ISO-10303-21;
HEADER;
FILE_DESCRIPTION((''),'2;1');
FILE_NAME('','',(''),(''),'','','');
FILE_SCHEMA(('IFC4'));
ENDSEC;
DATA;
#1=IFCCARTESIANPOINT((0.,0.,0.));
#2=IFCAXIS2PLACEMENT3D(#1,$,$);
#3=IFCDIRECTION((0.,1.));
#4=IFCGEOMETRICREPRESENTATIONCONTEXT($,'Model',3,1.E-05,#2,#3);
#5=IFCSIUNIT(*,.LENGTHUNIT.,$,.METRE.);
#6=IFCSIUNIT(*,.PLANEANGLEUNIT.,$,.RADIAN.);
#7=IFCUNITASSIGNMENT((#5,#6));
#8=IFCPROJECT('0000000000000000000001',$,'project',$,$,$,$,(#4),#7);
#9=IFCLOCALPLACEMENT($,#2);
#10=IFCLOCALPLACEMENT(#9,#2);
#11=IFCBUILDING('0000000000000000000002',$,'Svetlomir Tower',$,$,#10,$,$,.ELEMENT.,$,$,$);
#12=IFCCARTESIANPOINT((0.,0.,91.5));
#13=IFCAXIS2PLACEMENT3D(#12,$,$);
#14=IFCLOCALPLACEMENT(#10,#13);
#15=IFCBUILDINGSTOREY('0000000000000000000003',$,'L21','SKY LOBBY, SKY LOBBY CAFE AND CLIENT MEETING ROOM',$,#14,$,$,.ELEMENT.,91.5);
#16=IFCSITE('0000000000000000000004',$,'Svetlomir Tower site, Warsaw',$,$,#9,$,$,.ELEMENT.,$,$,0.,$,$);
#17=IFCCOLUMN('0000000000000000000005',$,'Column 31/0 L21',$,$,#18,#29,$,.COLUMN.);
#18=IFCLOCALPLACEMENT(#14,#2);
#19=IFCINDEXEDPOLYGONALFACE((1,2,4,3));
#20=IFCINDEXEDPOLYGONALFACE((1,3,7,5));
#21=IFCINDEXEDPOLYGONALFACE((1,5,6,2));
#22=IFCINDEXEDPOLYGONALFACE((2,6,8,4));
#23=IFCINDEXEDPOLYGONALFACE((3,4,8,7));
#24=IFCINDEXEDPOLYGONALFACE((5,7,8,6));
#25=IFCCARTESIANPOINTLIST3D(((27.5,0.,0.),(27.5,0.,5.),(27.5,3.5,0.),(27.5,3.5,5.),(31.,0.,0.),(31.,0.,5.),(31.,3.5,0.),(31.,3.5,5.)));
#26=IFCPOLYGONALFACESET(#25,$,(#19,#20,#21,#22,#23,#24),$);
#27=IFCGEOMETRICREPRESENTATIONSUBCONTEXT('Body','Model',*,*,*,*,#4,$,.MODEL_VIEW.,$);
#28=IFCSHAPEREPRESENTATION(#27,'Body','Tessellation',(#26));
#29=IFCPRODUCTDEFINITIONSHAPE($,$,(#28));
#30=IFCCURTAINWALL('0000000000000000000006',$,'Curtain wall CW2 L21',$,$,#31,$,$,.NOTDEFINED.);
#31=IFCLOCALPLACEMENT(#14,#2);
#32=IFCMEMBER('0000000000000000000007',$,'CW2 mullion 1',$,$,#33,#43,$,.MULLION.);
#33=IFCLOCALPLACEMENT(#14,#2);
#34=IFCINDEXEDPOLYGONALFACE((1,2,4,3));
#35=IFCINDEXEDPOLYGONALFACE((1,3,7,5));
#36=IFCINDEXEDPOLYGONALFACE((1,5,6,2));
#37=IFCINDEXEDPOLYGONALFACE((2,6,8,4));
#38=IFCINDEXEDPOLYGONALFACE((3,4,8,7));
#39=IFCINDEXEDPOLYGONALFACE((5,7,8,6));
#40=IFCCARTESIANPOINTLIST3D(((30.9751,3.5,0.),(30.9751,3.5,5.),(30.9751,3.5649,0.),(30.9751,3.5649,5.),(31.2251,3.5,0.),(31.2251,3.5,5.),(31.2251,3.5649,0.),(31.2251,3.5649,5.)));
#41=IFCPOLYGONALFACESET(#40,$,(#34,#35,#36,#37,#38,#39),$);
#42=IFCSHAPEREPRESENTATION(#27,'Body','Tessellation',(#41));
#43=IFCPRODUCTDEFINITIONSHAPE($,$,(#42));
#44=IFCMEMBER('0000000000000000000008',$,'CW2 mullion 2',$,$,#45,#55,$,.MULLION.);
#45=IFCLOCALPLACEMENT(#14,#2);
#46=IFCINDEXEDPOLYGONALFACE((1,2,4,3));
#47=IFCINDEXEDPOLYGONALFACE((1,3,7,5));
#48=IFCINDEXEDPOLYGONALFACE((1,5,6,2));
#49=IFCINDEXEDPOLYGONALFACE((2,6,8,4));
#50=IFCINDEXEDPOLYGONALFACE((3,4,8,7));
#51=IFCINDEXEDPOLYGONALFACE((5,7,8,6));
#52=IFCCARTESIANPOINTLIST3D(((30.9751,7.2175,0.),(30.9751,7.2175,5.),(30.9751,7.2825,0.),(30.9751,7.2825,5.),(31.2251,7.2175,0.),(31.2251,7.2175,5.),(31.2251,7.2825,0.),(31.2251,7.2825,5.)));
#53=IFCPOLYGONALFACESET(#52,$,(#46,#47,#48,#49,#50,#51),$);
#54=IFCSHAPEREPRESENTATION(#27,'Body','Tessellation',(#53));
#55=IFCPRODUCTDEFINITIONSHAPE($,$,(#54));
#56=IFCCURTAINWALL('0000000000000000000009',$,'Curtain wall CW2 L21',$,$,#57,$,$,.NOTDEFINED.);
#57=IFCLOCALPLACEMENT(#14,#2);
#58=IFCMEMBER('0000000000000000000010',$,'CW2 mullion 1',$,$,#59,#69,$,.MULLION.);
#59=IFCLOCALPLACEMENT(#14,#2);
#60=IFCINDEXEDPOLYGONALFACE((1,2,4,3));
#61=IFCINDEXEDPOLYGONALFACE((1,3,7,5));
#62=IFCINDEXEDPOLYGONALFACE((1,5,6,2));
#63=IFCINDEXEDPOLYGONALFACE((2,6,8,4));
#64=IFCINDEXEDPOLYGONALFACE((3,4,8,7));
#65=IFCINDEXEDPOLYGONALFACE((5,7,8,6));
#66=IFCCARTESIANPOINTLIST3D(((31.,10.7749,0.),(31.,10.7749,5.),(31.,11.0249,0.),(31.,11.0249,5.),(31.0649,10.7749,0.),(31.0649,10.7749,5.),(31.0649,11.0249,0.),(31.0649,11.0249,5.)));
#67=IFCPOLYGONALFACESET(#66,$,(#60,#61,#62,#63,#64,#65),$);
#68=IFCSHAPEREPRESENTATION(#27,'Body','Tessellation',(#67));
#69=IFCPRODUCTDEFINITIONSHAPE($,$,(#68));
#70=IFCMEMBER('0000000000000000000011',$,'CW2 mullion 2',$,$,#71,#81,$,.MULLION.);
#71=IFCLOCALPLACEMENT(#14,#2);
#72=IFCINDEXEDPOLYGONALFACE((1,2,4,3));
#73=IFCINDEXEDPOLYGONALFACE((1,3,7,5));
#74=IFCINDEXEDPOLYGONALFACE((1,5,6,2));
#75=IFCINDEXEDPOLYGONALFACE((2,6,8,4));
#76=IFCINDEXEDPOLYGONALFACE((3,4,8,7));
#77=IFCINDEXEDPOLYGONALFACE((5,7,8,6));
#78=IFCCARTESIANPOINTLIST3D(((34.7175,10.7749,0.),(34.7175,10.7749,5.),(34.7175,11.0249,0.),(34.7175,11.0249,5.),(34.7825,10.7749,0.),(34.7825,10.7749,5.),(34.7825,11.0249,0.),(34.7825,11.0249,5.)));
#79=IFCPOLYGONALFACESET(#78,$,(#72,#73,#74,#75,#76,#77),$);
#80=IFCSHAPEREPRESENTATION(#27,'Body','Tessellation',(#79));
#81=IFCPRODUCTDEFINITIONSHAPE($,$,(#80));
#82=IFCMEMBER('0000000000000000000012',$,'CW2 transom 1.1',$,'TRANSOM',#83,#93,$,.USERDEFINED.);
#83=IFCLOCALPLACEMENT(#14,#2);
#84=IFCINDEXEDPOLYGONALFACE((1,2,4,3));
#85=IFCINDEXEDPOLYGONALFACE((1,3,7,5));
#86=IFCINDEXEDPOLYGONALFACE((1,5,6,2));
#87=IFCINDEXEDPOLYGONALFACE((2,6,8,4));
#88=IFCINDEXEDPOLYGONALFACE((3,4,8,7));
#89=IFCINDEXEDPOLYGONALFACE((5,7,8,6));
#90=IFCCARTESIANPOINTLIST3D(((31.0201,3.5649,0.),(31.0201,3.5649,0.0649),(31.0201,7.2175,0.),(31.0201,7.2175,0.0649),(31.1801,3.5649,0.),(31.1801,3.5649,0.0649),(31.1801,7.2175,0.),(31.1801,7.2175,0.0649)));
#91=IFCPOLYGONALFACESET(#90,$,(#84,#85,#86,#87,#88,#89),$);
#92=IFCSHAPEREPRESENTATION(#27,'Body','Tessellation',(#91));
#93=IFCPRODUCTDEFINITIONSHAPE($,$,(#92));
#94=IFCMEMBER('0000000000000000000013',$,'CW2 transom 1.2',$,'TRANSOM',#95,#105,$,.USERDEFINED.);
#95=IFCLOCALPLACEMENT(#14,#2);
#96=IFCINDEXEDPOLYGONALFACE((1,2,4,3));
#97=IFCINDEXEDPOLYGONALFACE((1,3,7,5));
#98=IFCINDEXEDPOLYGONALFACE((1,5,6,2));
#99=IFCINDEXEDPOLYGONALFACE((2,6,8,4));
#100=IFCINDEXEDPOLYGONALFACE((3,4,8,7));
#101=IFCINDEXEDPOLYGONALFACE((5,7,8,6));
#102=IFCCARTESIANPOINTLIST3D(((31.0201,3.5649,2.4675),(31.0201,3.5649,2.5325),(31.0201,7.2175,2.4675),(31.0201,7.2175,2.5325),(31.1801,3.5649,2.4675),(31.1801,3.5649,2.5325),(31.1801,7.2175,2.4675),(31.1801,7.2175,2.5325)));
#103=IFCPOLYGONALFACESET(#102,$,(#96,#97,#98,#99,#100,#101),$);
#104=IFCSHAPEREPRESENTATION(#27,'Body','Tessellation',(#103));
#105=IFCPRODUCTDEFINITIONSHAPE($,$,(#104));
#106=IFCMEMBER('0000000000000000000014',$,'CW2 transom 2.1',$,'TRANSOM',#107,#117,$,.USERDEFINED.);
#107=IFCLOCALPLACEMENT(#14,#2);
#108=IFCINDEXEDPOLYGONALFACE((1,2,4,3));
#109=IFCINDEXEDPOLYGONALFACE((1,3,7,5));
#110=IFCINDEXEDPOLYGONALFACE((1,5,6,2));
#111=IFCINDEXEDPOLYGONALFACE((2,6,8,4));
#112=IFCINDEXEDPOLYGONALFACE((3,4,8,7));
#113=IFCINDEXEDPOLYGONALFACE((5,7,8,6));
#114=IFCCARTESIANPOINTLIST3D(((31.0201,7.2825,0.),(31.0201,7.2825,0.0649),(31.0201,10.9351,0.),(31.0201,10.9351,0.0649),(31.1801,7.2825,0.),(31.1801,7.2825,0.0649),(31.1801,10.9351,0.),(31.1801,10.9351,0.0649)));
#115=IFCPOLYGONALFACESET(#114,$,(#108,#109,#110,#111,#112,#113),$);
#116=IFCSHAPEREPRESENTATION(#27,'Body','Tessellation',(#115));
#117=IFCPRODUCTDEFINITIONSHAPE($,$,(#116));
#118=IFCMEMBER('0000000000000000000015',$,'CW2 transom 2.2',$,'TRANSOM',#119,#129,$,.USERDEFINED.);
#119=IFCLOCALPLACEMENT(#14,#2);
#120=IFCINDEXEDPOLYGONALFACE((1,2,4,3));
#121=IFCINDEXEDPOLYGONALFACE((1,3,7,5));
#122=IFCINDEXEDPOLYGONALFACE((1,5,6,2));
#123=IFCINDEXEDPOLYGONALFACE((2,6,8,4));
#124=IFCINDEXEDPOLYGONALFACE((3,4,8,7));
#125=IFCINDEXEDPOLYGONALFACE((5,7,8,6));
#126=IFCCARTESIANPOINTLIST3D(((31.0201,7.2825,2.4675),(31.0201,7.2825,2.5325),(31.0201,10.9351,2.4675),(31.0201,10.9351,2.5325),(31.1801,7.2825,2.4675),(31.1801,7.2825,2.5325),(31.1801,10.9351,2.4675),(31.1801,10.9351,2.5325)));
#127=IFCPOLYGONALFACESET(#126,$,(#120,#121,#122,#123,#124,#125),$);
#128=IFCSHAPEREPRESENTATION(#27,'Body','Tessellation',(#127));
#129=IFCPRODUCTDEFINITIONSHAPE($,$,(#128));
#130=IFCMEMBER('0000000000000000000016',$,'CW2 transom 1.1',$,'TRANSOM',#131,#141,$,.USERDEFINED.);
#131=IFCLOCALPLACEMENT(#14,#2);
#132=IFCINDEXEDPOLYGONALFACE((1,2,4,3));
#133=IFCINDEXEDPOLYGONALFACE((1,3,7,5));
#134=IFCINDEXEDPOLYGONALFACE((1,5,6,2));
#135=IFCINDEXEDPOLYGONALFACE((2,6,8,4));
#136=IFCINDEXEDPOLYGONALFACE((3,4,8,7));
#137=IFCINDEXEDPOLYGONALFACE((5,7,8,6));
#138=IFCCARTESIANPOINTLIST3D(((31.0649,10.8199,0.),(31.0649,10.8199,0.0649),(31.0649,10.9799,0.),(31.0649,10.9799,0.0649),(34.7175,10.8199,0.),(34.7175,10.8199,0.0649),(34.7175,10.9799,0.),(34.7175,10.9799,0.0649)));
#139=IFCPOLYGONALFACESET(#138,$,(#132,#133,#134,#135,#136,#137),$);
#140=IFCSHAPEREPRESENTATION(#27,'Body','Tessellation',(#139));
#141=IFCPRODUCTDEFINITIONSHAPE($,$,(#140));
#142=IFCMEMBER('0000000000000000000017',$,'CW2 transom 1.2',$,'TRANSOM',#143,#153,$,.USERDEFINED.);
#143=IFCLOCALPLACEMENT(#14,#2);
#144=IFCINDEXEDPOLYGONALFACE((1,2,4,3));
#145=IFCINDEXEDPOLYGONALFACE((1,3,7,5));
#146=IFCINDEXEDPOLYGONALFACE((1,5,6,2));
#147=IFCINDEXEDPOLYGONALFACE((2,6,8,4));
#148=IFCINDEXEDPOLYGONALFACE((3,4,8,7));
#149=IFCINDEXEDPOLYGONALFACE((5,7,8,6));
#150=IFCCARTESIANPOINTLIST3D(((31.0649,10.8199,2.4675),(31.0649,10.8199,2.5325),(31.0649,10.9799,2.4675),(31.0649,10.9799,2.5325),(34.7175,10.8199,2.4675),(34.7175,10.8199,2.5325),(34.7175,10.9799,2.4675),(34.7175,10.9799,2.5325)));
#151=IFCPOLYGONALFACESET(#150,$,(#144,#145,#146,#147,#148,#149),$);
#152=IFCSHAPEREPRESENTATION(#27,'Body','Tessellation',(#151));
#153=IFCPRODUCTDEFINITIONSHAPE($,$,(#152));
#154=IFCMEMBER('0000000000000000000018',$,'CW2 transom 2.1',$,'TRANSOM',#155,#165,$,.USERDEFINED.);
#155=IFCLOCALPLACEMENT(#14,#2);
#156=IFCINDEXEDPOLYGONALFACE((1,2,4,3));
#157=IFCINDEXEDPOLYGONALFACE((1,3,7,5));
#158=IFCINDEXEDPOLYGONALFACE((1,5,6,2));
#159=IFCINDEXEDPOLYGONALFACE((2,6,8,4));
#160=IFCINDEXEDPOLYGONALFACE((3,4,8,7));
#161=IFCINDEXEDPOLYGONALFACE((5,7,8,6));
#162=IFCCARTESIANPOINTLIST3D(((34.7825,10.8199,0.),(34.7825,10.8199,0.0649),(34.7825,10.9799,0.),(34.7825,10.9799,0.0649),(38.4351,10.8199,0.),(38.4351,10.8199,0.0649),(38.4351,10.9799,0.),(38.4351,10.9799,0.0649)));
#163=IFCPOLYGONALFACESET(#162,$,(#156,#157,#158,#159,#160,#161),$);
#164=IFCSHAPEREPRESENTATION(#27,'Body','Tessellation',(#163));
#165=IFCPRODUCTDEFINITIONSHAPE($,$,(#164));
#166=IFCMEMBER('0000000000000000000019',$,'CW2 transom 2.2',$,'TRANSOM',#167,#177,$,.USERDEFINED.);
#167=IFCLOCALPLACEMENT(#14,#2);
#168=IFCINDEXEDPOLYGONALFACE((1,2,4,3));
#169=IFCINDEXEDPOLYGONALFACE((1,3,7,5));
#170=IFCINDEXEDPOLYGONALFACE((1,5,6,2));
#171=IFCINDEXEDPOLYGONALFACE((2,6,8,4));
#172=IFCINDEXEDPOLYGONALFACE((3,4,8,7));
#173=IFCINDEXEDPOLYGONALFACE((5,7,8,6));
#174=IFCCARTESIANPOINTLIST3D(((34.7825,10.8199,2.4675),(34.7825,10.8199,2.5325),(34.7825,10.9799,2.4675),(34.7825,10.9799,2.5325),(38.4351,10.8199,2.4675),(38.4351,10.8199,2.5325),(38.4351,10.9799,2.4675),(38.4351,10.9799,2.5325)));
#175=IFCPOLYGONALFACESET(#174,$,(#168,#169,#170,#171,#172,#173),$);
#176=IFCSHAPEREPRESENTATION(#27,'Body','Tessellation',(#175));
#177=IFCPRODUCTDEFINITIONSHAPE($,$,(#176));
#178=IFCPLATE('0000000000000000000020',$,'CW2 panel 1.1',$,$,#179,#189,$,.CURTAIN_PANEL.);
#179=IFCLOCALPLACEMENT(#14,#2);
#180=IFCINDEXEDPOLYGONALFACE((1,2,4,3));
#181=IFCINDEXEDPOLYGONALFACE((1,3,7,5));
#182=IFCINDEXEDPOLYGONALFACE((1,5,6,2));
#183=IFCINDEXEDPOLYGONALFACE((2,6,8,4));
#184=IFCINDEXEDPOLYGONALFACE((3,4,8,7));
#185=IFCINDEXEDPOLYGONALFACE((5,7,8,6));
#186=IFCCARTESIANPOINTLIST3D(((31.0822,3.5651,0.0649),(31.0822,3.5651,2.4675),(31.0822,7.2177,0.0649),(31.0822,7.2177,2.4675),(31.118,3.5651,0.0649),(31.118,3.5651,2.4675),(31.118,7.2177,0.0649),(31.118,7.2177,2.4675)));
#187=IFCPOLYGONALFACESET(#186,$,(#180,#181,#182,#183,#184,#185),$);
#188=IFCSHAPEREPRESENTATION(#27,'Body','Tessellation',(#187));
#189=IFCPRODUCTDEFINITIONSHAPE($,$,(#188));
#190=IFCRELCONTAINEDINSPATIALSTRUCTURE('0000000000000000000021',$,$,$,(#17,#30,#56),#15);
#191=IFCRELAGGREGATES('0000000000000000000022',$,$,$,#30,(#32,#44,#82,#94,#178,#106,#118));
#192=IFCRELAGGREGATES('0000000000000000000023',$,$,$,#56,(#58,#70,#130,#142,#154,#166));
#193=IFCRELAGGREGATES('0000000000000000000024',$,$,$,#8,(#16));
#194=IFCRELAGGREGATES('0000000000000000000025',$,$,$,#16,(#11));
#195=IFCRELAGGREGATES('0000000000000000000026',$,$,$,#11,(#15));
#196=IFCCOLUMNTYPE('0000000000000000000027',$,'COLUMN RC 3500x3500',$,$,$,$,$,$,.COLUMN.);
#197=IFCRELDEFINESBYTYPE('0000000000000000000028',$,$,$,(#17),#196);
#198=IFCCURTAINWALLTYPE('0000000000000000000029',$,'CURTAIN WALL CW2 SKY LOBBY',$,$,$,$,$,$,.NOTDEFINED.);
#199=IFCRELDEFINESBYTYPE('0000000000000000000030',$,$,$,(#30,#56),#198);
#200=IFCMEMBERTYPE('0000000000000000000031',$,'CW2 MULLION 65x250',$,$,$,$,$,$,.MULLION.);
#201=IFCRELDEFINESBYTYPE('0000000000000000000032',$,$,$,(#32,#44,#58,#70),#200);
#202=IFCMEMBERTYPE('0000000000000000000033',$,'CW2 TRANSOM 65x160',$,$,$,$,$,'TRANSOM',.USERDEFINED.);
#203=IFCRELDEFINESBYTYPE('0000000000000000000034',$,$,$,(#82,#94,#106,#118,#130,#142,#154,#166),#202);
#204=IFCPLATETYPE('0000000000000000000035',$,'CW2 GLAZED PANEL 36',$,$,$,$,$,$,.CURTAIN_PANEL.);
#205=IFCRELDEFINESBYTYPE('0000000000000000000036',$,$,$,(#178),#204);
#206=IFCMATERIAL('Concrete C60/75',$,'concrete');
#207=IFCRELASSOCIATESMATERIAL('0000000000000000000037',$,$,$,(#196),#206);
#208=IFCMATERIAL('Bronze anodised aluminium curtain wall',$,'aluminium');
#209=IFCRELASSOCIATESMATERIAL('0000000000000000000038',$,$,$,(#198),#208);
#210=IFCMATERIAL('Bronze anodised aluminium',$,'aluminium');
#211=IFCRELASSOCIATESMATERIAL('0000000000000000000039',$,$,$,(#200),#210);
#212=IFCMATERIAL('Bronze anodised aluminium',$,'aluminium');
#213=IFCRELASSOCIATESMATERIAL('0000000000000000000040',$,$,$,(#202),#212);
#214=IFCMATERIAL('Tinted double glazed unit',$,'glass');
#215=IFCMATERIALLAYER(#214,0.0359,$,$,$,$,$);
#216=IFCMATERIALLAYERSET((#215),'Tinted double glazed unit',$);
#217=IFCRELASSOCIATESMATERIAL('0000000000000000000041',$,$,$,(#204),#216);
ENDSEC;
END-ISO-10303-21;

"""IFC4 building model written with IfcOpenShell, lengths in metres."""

from ifc_helpers import new_model, si_unit, direction, frame, origin, origin_2d, place, context, subcontext, project, spatial, rectangle, extrude, material, layer, layer_set, material_profile, profile_set, type_object, element, aggregate, save


model = new_model("IFC4")

# Units and contexts
model_context = context("Model", 3, precision=1e-05, world=origin(), true_north=direction((0.0, 1.0)))
body_context = subcontext(model_context, "Body", "Model", "MODEL_VIEW")
ifc_project = project(units=[si_unit("LENGTHUNIT", "METRE"), si_unit("PLANEANGLEUNIT", "RADIAN")], contexts=[model_context])

# Site, building, storey
site_placement = place(None, origin())
site = spatial("IfcSite", under=ifc_project, at=site_placement, Name="Svetlomir Tower site, Warsaw", CompositionType="ELEMENT", RefElevation=0.0)
building_placement = place(site_placement, origin())
building = spatial("IfcBuilding", under=site, at=building_placement, Name="Svetlomir Tower", CompositionType="ELEMENT")
storey_placement = place(building_placement, frame((0.0, 0.0, 91.5)))
storey = spatial("IfcBuildingStorey", under=building, at=storey_placement, Name="L21", Description="SKY LOBBY, SKY LOBBY CAFE AND CLIENT MEETING ROOM", CompositionType="ELEMENT", Elevation=91.5)

# Column
ifc_material_1 = material(Name="Concrete C60/75", Category="concrete")
ifc_material_profile_1 = material_profile(ifc_material_1, rectangle(XDim=3.5, YDim=3.5, at=origin_2d()), Name="RC 3500x3500")
ifc_profile_set_1 = profile_set([ifc_material_profile_1], Name="Concrete C60/75")
column_type = type_object("IfcColumnType", Name="COLUMN RC 3500x3500", PredefinedType="COLUMN", material=ifc_profile_set_1)
column_placement = place(storey_placement, frame((29.25, 1.75, 0.0), z_axis=(0.0, 0.0, 1.0), x_axis=(1.0, 0.0, 0.0)))
element("IfcColumn", 1, at=column_placement, inside=storey, type_object=column_type, Name="Column 31/0 L21", PredefinedType="COLUMN", context=body_context, shape_type="SweptSolid", body=[
    extrude(rectangle(XDim=3.5, YDim=3.5, at=origin_2d()), origin(), (0.0, 0.0, 1.0), 5.0),
])

# Curtain walls, members
ifc_material_2 = material(Name="Bronze anodised aluminium curtain wall", Category="aluminium")
curtain_wall_type = type_object("IfcCurtainWallType", Name="CURTAIN WALL CW2 SKY LOBBY", PredefinedType="NOTDEFINED", material=ifc_material_2)
curtain_wall_1_placement = place(storey_placement, origin())
curtain_wall_1 = element("IfcCurtainWall", 2, at=curtain_wall_1_placement, inside=storey, type_object=curtain_wall_type, Name="Curtain wall CW2 L21", PredefinedType="NOTDEFINED")
ifc_material_3 = material(Name="Bronze anodised aluminium", Category="aluminium")
ifc_material_profile_2 = material_profile(ifc_material_3, rectangle(XDim=0.0649, YDim=0.25, at=origin_2d()), Name="AL 65x250")
ifc_profile_set_2 = profile_set([ifc_material_profile_2], Name="Bronze anodised aluminium 6063-T6")
member_type_1 = type_object("IfcMemberType", Name="CW2 MULLION 65x250", PredefinedType="MULLION", material=ifc_profile_set_2)
member_1_placement = place(storey_placement, frame((31.1001, 3.5325, 0.0), z_axis=(0.0, 0.0, 1.0), x_axis=(0.0, 1.0, 0.0)))
member_1 = element("IfcMember", 3, at=member_1_placement, type_object=member_type_1, Name="CW2 mullion 1", PredefinedType="MULLION", context=body_context, shape_type="SweptSolid", body=[
    extrude(rectangle(XDim=0.0649, YDim=0.25, at=origin_2d()), origin(), (0.0, 0.0, 1.0), 5.0),
])
member_2_placement = place(storey_placement, frame((31.1001, 7.25, 0.0), z_axis=(0.0, 0.0, 1.0), x_axis=(0.0, 1.0, 0.0)))
member_2 = element("IfcMember", 4, at=member_2_placement, type_object=member_type_1, Name="CW2 mullion 2", PredefinedType="MULLION", context=body_context, shape_type="SweptSolid", body=[
    extrude(rectangle(XDim=0.0649, YDim=0.25, at=origin_2d()), origin(), (0.0, 0.0, 1.0), 5.0),
])
curtain_wall_2_placement = place(storey_placement, origin())
curtain_wall_2 = element("IfcCurtainWall", 5, at=curtain_wall_2_placement, inside=storey, type_object=curtain_wall_type, Name="Curtain wall CW2 L21", PredefinedType="NOTDEFINED")
member_3_placement = place(storey_placement, frame((31.0325, 10.8999, 0.0), z_axis=(0.0, 0.0, 1.0), x_axis=(1.0, 0.0, 0.0)))
member_3 = element("IfcMember", 6, at=member_3_placement, type_object=member_type_1, Name="CW2 mullion 1", PredefinedType="MULLION", context=body_context, shape_type="SweptSolid", body=[
    extrude(rectangle(XDim=0.0649, YDim=0.25, at=origin_2d()), origin(), (0.0, 0.0, 1.0), 5.0),
])
member_4_placement = place(storey_placement, frame((34.75, 10.8999, 0.0), z_axis=(0.0, 0.0, 1.0), x_axis=(1.0, 0.0, 0.0)))
member_4 = element("IfcMember", 7, at=member_4_placement, type_object=member_type_1, Name="CW2 mullion 2", PredefinedType="MULLION", context=body_context, shape_type="SweptSolid", body=[
    extrude(rectangle(XDim=0.0649, YDim=0.25, at=origin_2d()), origin(), (0.0, 0.0, 1.0), 5.0),
])

# Members
ifc_material_4 = material(Name="Bronze anodised aluminium", Category="aluminium")
ifc_material_profile_3 = material_profile(ifc_material_4, rectangle(XDim=0.1599, YDim=0.0649, at=origin_2d()), Name="AL 160x65")
ifc_profile_set_3 = profile_set([ifc_material_profile_3], Name="Bronze anodised aluminium 6063-T6")
member_type_2 = type_object("IfcMemberType", Name="CW2 TRANSOM 65x160", ElementType="TRANSOM", PredefinedType="USERDEFINED", material=ifc_profile_set_3)
member_5_placement = place(storey_placement, frame((31.1001, 3.5649, 0.0325), z_axis=(0.0, 1.0, 0.0), x_axis=(-1.0, 0.0, 0.0)))
member_5 = element("IfcMember", 8, at=member_5_placement, type_object=member_type_2, Name="CW2 transom 1.1", ObjectType="TRANSOM", PredefinedType="USERDEFINED", context=body_context, shape_type="SweptSolid", body=[
    extrude(rectangle(XDim=0.1599, YDim=0.0649, at=origin_2d()), origin(), (0.0, 0.0, 1.0), 3.6526),
])
member_6_placement = place(storey_placement, frame((31.1001, 3.5649, 2.5), z_axis=(0.0, 1.0, 0.0), x_axis=(-1.0, 0.0, 0.0)))
member_6 = element("IfcMember", 9, at=member_6_placement, type_object=member_type_2, Name="CW2 transom 1.2", ObjectType="TRANSOM", PredefinedType="USERDEFINED", context=body_context, shape_type="SweptSolid", body=[
    extrude(rectangle(XDim=0.1599, YDim=0.0649, at=origin_2d()), origin(), (0.0, 0.0, 1.0), 3.6526),
])
member_7_placement = place(storey_placement, frame((31.1001, 7.2825, 0.0325), z_axis=(0.0, 1.0, 0.0), x_axis=(-1.0, 0.0, 0.0)))
member_7 = element("IfcMember", 10, at=member_7_placement, type_object=member_type_2, Name="CW2 transom 2.1", ObjectType="TRANSOM", PredefinedType="USERDEFINED", context=body_context, shape_type="SweptSolid", body=[
    extrude(rectangle(XDim=0.1599, YDim=0.0649, at=origin_2d()), origin(), (0.0, 0.0, 1.0), 3.6526),
])
member_8_placement = place(storey_placement, frame((31.1001, 7.2825, 2.5), z_axis=(0.0, 1.0, 0.0), x_axis=(-1.0, 0.0, 0.0)))
member_8 = element("IfcMember", 11, at=member_8_placement, type_object=member_type_2, Name="CW2 transom 2.2", ObjectType="TRANSOM", PredefinedType="USERDEFINED", context=body_context, shape_type="SweptSolid", body=[
    extrude(rectangle(XDim=0.1599, YDim=0.0649, at=origin_2d()), origin(), (0.0, 0.0, 1.0), 3.6526),
])
member_9_placement = place(storey_placement, frame((31.0649, 10.8999, 0.0325), z_axis=(1.0, 0.0, 0.0), x_axis=(0.0, 1.0, 0.0)))
member_9 = element("IfcMember", 12, at=member_9_placement, type_object=member_type_2, Name="CW2 transom 1.1", ObjectType="TRANSOM", PredefinedType="USERDEFINED", context=body_context, shape_type="SweptSolid", body=[
    extrude(rectangle(XDim=0.1599, YDim=0.0649, at=origin_2d()), origin(), (0.0, 0.0, 1.0), 3.6526),
])
member_10_placement = place(storey_placement, frame((31.0649, 10.8999, 2.5), z_axis=(1.0, 0.0, 0.0), x_axis=(0.0, 1.0, 0.0)))
member_10 = element("IfcMember", 13, at=member_10_placement, type_object=member_type_2, Name="CW2 transom 1.2", ObjectType="TRANSOM", PredefinedType="USERDEFINED", context=body_context, shape_type="SweptSolid", body=[
    extrude(rectangle(XDim=0.1599, YDim=0.0649, at=origin_2d()), origin(), (0.0, 0.0, 1.0), 3.6526),
])
member_11_placement = place(storey_placement, frame((34.7825, 10.8999, 0.0325), z_axis=(1.0, 0.0, 0.0), x_axis=(0.0, 1.0, 0.0)))
member_11 = element("IfcMember", 14, at=member_11_placement, type_object=member_type_2, Name="CW2 transom 2.1", ObjectType="TRANSOM", PredefinedType="USERDEFINED", context=body_context, shape_type="SweptSolid", body=[
    extrude(rectangle(XDim=0.1599, YDim=0.0649, at=origin_2d()), origin(), (0.0, 0.0, 1.0), 3.6526),
])
member_12_placement = place(storey_placement, frame((34.7825, 10.8999, 2.5), z_axis=(1.0, 0.0, 0.0), x_axis=(0.0, 1.0, 0.0)))
member_12 = element("IfcMember", 15, at=member_12_placement, type_object=member_type_2, Name="CW2 transom 2.2", ObjectType="TRANSOM", PredefinedType="USERDEFINED", context=body_context, shape_type="SweptSolid", body=[
    extrude(rectangle(XDim=0.1599, YDim=0.0649, at=origin_2d()), origin(), (0.0, 0.0, 1.0), 3.6526),
])

# Plate
ifc_material_5 = material(Name="Tinted double glazed unit", Category="glass")
ifc_layer = layer(ifc_material_5, 0.0359)
ifc_layer_set = layer_set([ifc_layer], Name="Tinted double glazed unit")
plate_type = type_object("IfcPlateType", Name="CW2 GLAZED PANEL 36", PredefinedType="CURTAIN_PANEL", material=ifc_layer_set)
plate_1_placement = place(storey_placement, frame((31.1001, 5.3914, 0.0649), z_axis=(0.0, 0.0, 1.0), x_axis=(0.0, 1.0, 0.0)))
plate_1 = element("IfcPlate", 16, at=plate_1_placement, type_object=plate_type, Name="CW2 panel 1.1", PredefinedType="CURTAIN_PANEL", context=body_context, shape_type="SweptSolid", body=[
    extrude(rectangle(XDim=3.6526, YDim=0.0359, at=origin_2d()), origin(), (0.0, 0.0, 1.0), 2.4026),
])
aggregate(curtain_wall_1, [member_1, member_2, member_5, member_6, plate_1, member_7, member_8])
aggregate(curtain_wall_2, [member_3, member_4, member_9, member_10, member_11, member_12])

save(model, "model.ifc")
